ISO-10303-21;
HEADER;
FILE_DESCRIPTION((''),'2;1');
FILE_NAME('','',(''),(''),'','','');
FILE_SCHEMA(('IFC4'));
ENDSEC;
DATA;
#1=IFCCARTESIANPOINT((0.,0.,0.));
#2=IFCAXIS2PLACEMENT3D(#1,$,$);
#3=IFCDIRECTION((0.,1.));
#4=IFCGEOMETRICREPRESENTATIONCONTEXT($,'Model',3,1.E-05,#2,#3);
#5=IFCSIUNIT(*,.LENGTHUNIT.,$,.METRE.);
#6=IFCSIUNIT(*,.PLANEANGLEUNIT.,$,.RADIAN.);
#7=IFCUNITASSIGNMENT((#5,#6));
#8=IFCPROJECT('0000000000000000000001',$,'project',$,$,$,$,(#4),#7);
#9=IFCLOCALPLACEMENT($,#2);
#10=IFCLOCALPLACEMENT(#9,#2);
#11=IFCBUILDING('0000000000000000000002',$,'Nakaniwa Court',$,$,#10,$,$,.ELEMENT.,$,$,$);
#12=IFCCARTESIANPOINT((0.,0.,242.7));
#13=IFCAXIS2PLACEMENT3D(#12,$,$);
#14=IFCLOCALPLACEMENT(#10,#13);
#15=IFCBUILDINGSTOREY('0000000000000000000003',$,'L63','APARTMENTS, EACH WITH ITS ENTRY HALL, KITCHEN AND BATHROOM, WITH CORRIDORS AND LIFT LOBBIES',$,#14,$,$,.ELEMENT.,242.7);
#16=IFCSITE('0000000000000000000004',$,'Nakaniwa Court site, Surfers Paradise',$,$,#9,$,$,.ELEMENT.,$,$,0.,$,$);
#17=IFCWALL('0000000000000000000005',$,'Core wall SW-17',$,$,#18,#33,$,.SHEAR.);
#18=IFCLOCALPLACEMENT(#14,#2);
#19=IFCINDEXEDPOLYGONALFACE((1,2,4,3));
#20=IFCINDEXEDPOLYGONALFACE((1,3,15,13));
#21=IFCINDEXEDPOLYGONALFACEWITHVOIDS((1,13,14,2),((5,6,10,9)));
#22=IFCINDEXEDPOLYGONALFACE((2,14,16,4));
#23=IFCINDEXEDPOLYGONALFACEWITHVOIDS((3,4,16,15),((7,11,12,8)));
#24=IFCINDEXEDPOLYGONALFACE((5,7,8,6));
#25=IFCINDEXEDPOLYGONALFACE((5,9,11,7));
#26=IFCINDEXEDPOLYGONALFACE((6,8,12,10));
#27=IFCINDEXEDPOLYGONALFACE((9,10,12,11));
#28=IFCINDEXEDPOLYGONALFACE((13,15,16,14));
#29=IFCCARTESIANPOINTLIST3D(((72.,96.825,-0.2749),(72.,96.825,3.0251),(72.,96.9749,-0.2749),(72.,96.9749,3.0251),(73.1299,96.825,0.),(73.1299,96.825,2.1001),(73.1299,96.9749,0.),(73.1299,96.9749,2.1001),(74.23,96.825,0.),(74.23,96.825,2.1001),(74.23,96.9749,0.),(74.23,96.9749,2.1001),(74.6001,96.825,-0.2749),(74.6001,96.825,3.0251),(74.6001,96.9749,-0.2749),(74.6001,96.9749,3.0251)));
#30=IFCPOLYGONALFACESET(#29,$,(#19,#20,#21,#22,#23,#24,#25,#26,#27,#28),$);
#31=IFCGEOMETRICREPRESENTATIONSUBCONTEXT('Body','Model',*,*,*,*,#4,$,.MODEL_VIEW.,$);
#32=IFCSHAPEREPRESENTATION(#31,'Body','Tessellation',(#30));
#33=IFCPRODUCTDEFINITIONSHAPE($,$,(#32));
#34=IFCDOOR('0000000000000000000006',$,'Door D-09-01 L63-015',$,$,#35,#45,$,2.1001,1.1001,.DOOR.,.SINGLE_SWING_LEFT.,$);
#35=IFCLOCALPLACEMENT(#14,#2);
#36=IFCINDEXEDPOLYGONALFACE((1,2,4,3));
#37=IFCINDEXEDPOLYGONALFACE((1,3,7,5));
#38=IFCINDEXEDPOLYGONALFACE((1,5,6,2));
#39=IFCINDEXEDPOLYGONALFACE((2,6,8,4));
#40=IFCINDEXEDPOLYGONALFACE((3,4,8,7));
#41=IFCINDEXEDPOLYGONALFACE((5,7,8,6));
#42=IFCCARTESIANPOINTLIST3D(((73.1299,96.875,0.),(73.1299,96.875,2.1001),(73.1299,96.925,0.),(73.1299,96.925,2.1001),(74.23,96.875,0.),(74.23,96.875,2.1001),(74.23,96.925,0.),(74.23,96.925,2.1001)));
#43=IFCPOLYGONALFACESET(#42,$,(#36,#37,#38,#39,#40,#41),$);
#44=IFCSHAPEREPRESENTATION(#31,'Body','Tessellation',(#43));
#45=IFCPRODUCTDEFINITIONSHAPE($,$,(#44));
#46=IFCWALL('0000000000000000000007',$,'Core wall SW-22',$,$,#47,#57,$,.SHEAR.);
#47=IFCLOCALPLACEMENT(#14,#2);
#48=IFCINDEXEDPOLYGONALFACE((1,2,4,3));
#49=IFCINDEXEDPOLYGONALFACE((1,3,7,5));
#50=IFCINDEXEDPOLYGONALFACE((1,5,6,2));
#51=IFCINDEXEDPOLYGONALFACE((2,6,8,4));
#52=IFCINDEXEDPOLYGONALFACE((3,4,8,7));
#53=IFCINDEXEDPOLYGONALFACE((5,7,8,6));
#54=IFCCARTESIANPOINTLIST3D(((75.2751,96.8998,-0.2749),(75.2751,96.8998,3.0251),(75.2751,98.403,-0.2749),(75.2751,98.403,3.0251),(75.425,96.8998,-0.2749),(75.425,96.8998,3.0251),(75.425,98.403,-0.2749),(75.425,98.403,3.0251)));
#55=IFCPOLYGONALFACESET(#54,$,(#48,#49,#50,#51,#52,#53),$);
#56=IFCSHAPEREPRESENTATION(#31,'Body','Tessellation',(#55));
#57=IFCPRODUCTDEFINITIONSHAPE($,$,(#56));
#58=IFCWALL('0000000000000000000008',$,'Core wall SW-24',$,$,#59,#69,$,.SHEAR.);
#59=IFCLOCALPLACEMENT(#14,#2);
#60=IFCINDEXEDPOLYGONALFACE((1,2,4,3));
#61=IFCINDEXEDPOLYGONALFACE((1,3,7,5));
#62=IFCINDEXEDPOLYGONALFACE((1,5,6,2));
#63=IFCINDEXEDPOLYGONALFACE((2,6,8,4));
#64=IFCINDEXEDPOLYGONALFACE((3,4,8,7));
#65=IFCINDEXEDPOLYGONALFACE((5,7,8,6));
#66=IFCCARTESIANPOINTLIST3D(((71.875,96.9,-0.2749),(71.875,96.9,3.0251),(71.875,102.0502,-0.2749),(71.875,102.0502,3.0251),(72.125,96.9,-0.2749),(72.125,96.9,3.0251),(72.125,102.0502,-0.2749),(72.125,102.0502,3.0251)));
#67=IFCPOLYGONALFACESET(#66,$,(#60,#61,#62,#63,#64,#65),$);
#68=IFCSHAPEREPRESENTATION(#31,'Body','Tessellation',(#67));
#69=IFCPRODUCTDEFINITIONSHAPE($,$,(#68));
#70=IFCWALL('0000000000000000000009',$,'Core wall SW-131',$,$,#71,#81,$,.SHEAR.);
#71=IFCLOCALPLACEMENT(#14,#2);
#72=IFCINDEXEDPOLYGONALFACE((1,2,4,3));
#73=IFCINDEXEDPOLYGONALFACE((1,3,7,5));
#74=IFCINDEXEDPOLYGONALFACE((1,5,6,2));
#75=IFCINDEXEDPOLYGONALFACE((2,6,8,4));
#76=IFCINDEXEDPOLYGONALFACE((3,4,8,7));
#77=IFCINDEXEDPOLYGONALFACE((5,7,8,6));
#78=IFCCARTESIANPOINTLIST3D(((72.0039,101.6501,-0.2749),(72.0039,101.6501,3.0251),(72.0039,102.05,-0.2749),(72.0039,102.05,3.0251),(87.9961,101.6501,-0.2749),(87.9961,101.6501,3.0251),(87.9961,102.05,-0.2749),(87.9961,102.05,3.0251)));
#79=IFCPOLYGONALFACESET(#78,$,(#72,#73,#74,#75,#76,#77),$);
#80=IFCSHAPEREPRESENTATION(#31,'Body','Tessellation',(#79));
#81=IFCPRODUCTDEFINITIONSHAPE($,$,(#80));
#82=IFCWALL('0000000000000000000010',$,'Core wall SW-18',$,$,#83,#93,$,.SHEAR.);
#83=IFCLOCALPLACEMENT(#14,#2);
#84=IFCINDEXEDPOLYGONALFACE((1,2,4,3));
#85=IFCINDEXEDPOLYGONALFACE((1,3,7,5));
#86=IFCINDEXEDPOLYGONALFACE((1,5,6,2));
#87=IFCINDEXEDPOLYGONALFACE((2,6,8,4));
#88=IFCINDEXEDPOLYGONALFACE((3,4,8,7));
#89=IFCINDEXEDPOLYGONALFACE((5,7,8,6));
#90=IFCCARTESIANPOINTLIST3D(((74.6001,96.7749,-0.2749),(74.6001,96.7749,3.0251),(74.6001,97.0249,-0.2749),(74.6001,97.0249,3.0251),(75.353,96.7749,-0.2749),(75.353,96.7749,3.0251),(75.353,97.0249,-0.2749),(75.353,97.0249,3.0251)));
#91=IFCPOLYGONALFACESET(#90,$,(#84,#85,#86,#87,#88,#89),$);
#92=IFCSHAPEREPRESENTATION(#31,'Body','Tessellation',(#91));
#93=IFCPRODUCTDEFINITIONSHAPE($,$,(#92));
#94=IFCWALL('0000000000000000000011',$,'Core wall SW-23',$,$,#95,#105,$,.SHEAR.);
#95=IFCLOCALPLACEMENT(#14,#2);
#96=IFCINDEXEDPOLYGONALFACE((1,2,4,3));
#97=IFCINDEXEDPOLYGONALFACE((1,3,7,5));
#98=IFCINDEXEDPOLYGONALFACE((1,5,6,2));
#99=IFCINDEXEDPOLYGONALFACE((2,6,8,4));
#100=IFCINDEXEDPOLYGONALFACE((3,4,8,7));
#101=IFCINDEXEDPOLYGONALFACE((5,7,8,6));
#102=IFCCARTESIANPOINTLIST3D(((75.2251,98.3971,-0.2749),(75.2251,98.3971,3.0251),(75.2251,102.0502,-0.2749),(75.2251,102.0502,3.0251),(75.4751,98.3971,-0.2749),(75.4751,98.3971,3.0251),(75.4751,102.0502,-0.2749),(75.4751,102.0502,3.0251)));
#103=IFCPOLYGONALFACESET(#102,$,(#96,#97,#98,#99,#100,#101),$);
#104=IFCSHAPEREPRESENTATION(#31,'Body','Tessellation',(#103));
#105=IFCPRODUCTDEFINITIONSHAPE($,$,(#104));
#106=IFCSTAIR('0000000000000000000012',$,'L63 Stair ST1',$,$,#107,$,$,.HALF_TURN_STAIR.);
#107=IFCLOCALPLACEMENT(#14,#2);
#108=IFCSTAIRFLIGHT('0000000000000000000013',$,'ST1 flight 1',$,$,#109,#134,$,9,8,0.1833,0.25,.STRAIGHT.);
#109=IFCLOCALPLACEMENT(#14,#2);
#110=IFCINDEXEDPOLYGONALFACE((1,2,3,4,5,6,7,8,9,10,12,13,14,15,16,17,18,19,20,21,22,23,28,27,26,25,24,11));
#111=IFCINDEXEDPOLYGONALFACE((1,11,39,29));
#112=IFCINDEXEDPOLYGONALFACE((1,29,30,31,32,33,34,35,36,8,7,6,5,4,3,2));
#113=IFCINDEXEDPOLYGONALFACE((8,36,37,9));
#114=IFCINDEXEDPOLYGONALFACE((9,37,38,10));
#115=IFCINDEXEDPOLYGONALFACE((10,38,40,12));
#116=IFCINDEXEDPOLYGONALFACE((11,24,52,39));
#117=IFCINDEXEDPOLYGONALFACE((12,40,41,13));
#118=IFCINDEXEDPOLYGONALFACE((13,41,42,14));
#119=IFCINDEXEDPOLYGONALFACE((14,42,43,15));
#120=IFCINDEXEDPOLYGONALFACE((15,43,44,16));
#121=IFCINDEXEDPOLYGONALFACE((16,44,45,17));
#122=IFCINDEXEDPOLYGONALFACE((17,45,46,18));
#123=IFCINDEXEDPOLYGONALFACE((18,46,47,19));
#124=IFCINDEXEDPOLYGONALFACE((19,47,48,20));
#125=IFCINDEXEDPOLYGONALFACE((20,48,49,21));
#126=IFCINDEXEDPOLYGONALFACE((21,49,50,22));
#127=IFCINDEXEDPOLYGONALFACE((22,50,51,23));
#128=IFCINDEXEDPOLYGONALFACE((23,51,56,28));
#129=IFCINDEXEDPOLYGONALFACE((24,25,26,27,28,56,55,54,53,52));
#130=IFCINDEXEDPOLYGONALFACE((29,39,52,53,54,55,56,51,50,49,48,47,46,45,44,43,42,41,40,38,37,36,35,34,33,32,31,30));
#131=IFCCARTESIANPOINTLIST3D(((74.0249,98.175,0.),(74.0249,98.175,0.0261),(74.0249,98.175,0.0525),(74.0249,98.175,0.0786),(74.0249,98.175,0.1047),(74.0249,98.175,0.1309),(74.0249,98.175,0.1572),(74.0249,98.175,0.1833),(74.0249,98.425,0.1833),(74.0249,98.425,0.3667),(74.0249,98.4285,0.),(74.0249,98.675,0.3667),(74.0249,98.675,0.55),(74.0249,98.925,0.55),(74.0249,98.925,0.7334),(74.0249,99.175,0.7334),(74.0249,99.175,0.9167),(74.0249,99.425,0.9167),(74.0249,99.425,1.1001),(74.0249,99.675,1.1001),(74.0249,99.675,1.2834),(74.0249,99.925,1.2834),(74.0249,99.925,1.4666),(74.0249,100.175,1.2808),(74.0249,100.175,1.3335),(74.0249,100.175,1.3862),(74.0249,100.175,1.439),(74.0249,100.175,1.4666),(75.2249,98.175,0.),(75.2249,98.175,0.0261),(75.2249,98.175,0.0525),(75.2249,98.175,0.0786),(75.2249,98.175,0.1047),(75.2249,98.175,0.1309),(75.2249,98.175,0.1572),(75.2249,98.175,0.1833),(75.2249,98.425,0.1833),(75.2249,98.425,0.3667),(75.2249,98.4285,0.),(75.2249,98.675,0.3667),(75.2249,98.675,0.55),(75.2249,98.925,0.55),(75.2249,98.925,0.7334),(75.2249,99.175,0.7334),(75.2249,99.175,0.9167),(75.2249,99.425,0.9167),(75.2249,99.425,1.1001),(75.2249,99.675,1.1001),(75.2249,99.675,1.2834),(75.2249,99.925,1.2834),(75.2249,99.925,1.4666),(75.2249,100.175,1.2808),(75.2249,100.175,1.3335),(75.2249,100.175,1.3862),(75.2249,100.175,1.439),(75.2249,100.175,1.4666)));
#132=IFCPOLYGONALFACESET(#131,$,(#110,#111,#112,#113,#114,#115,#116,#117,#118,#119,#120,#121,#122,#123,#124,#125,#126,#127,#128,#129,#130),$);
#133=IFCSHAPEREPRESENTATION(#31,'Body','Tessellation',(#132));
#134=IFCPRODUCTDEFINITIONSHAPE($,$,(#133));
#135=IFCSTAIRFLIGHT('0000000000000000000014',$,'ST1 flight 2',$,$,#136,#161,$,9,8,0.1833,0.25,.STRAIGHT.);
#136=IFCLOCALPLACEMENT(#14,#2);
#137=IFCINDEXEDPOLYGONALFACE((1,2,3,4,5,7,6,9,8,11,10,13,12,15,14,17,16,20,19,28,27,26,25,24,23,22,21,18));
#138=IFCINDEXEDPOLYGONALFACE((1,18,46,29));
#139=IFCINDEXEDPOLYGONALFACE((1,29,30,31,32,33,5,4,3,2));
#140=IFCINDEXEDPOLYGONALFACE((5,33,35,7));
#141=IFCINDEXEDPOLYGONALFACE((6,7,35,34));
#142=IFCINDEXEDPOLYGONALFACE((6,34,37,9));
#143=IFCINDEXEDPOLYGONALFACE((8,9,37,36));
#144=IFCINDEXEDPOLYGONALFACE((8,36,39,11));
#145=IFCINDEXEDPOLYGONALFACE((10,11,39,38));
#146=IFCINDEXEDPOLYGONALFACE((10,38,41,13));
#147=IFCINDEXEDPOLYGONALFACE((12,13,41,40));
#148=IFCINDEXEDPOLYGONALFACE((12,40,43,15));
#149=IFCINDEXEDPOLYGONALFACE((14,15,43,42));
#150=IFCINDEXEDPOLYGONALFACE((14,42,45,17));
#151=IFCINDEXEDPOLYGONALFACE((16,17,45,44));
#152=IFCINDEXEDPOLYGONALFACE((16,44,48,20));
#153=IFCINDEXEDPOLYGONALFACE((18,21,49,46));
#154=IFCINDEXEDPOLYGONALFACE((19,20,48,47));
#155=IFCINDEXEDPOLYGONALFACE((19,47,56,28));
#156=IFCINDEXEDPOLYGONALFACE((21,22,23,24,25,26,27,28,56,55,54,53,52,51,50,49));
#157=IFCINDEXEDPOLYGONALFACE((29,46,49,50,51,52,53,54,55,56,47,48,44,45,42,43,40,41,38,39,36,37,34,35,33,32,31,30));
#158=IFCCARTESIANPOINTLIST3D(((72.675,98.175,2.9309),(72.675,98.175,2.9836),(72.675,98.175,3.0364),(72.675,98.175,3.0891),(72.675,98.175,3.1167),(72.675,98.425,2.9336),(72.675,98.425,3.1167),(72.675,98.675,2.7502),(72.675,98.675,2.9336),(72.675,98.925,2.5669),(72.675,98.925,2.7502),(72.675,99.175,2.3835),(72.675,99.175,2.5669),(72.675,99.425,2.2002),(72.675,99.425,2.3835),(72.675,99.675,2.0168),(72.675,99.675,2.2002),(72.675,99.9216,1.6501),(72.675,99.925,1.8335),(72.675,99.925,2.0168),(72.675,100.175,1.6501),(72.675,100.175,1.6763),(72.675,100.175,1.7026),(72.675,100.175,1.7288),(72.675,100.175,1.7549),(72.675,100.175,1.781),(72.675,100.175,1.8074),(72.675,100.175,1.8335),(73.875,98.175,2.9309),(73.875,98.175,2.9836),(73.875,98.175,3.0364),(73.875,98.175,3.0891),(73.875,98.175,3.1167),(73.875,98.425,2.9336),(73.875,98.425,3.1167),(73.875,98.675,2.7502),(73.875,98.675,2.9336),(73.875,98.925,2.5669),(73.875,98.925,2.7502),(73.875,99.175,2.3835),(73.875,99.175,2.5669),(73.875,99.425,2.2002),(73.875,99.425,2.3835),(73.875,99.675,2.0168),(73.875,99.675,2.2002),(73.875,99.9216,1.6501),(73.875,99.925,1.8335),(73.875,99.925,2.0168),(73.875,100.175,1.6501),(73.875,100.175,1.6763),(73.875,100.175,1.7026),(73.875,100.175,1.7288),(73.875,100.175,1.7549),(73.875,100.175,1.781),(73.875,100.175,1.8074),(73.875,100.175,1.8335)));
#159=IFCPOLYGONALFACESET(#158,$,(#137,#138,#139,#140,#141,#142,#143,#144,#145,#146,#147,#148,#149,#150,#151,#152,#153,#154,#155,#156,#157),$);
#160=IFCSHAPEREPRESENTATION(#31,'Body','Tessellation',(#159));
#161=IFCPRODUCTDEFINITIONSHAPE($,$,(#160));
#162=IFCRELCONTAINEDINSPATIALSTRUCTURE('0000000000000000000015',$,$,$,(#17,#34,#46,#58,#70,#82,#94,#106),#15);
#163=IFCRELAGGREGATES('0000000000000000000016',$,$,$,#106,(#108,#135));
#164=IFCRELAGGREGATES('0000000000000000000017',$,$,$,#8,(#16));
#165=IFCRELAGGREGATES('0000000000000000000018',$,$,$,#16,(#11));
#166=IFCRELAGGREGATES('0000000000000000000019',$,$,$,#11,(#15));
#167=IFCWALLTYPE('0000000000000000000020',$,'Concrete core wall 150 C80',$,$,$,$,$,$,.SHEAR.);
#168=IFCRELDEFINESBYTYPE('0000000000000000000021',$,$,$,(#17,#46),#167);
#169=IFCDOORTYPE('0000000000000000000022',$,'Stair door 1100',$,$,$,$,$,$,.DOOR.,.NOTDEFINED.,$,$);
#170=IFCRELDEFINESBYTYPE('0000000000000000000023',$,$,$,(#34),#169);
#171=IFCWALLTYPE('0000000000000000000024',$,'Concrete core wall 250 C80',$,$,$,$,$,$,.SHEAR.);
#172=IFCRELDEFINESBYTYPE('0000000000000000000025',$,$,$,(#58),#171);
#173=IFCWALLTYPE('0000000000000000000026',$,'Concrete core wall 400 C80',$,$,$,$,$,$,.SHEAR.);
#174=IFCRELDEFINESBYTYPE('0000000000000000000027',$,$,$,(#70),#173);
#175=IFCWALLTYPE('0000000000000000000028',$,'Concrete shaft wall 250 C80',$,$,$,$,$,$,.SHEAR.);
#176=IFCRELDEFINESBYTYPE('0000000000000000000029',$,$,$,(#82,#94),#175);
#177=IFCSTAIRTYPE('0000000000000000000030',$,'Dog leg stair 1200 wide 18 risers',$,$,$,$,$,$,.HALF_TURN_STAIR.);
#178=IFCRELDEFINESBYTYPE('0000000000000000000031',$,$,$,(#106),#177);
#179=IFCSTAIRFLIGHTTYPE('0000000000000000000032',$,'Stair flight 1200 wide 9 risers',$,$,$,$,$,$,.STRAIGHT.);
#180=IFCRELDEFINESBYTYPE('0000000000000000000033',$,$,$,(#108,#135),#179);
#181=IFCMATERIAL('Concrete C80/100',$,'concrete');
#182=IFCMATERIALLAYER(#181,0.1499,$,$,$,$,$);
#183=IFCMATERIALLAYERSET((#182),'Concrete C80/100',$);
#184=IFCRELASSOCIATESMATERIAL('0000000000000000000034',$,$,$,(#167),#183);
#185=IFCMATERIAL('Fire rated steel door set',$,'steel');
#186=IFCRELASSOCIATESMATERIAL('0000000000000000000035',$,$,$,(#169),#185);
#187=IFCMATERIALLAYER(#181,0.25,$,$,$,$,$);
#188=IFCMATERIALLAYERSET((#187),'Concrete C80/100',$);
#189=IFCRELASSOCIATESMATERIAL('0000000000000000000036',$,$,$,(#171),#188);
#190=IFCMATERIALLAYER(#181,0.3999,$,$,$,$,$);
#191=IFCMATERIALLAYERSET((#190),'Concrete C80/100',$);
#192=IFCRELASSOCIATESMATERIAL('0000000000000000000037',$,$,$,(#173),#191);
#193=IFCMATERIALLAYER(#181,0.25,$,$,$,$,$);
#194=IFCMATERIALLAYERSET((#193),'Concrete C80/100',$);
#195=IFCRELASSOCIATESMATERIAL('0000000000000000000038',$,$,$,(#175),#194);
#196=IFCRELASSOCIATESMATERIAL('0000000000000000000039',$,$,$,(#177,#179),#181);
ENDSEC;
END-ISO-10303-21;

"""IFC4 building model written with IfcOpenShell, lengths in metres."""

from ifc_helpers import new_model, si_unit, direction, frame, frame_2d, origin, place, context, subcontext, project, spatial, polyline, rectangle, outline, extrude, material, layer, layer_set, type_object, element, fill, aggregate, save


model = new_model("IFC4")

# Units and contexts
model_context = context("Model", 3, precision=1e-05, world=origin(), true_north=direction((0.0, 1.0)))
body_context = subcontext(model_context, "Body", "Model", "MODEL_VIEW")
ifc_project = project(units=[si_unit("LENGTHUNIT", "METRE"), si_unit("PLANEANGLEUNIT", "RADIAN")], contexts=[model_context])

# Site, building, storey
site_placement = place(None, origin())
site = spatial("IfcSite", under=ifc_project, at=site_placement, Name="Nakaniwa Court site, Surfers Paradise", CompositionType="ELEMENT", RefElevation=0.0)
building_placement = place(site_placement, origin())
building = spatial("IfcBuilding", under=site, at=building_placement, Name="Nakaniwa Court", CompositionType="ELEMENT")
storey_placement = place(building_placement, frame((0.0, 0.0, 242.7)))
storey = spatial("IfcBuildingStorey", under=building, at=storey_placement, Name="L63", Description="APARTMENTS, EACH WITH ITS ENTRY HALL, KITCHEN AND BATHROOM, WITH CORRIDORS AND LIFT LOBBIES", CompositionType="ELEMENT", Elevation=242.7)

# Shared definitions
ifc_material_1 = material(Name="Concrete C80/100", Category="concrete")

# Shared definitions
ifc_material_2 = material(Name="Fire rated steel door set", Category="steel")

# Wall, opening, door
ifc_layer_1 = layer(ifc_material_1, 0.1499)
ifc_layer_set_1 = layer_set([ifc_layer_1], Name="Concrete C80/100")
wall_type_1 = type_object("IfcWallType", Name="Concrete core wall 150 C80", PredefinedType="SHEAR", material=ifc_layer_set_1)
wall_1_placement = place(storey_placement, frame((74.6001, 96.8999, -0.2749), z_axis=(0.0, 0.0, 1.0), x_axis=(-1.0, 0.0, 0.0)))
wall_1 = element("IfcWall", 1, at=wall_1_placement, inside=storey, type_object=wall_type_1, Name="Core wall SW-17", PredefinedType="SHEAR", context=body_context, shape_type="SweptSolid", body=[
    extrude(rectangle(XDim=2.6001, YDim=0.1499, at=frame_2d((1.3, 0.0))), origin(), (0.0, 0.0, 1.0), 3.3),
])
opening_1_placement = place(wall_1_placement, frame((0.3701, 0.0, 0.2749)))
opening_1 = element("IfcOpeningElement", 2, at=opening_1_placement, cuts=wall_1, PredefinedType="OPENING", context=body_context, shape_type="SweptSolid", body=[
    extrude(rectangle(XDim=1.1001, YDim=2.1001, at=frame_2d((0.55, 1.05))), frame((0.0, 0.085, 0.0), z_axis=(0.0, -1.0, 0.0), x_axis=(1.0, 0.0, 0.0)), (0.0, 0.0, 1.0), 0.1699),
])
door_type_1 = type_object("IfcDoorType", Name="Stair door 1100", OperationType="NOTDEFINED", PredefinedType="DOOR", material=ifc_material_2)
door_1_placement = place(opening_1_placement, origin())
door_1 = element("IfcDoor", 3, at=door_1_placement, inside=storey, type_object=door_type_1, Name="Door D-09-01 L63-015", OperationType="SINGLE_SWING_LEFT", OverallHeight=2.1001, OverallWidth=1.1001, PredefinedType="DOOR", context=body_context, shape_type="SweptSolid", body=[
    extrude(rectangle(XDim=1.1001, YDim=2.1001, at=frame_2d((0.55, 1.05))), frame((0.0, 0.0249, 0.0), z_axis=(0.0, -1.0, 0.0), x_axis=(1.0, 0.0, 0.0)), (0.0, 0.0, 1.0), 0.05),
])
fill(opening_1, door_1)

# Walls
wall_2_placement = place(storey_placement, frame((75.3501, 96.8999, -0.2749), z_axis=(0.0, 0.0, 1.0), x_axis=(0.0, 1.0, 0.0)))
element("IfcWall", 4, at=wall_2_placement, inside=storey, type_object=wall_type_1, Name="Core wall SW-22", PredefinedType="SHEAR", context=body_context, shape_type="SweptSolid", body=[
    extrude(rectangle(XDim=1.5032, YDim=0.1499, at=frame_2d((0.7515, 0.0))), origin(), (0.0, 0.0, 1.0), 3.3),
])
ifc_layer_2 = layer(ifc_material_1, 0.25)
ifc_layer_set_2 = layer_set([ifc_layer_2], Name="Concrete C80/100")
wall_type_2 = type_object("IfcWallType", Name="Concrete core wall 250 C80", PredefinedType="SHEAR", material=ifc_layer_set_2)
wall_3_placement = place(storey_placement, frame((72.0, 96.8999, -0.2749), z_axis=(0.0, 0.0, 1.0), x_axis=(0.0, 1.0, 0.0)))
element("IfcWall", 5, at=wall_3_placement, inside=storey, type_object=wall_type_2, Name="Core wall SW-24", PredefinedType="SHEAR", context=body_context, shape_type="SweptSolid", body=[
    extrude(rectangle(XDim=5.1501, YDim=0.25, at=frame_2d((2.5752, 0.0))), origin(), (0.0, 0.0, 1.0), 3.3),
])
ifc_layer_3 = layer(ifc_material_1, 0.3999)
ifc_layer_set_3 = layer_set([ifc_layer_3], Name="Concrete C80/100")
wall_type_3 = type_object("IfcWallType", Name="Concrete core wall 400 C80", PredefinedType="SHEAR", material=ifc_layer_set_3)
wall_4_placement = place(storey_placement, frame((72.0039, 101.8501, -0.2749), z_axis=(0.0, 0.0, 1.0), x_axis=(1.0, 0.0, 0.0)))
element("IfcWall", 6, at=wall_4_placement, inside=storey, type_object=wall_type_3, Name="Core wall SW-131", PredefinedType="SHEAR", context=body_context, shape_type="SweptSolid", body=[
    extrude(rectangle(XDim=15.9922, YDim=0.3999, at=frame_2d((7.9961, 0.0))), origin(), (0.0, 0.0, 1.0), 3.3),
])
ifc_layer_4 = layer(ifc_material_1, 0.25)
ifc_layer_set_4 = layer_set([ifc_layer_4], Name="Concrete C80/100")
wall_type_4 = type_object("IfcWallType", Name="Concrete shaft wall 250 C80", PredefinedType="SHEAR", material=ifc_layer_set_4)
wall_5_placement = place(storey_placement, frame((74.6001, 96.8999, -0.2749), z_axis=(0.0, 0.0, 1.0), x_axis=(1.0, 0.0, 0.0)))
element("IfcWall", 7, at=wall_5_placement, inside=storey, type_object=wall_type_4, Name="Core wall SW-18", PredefinedType="SHEAR", context=body_context, shape_type="SweptSolid", body=[
    extrude(rectangle(XDim=0.7529, YDim=0.25, at=frame_2d((0.3765, 0.0))), origin(), (0.0, 0.0, 1.0), 3.3),
])
wall_6_placement = place(storey_placement, frame((75.3501, 98.397, -0.2749), z_axis=(0.0, 0.0, 1.0), x_axis=(0.0, 1.0, 0.0)))
element("IfcWall", 8, at=wall_6_placement, inside=storey, type_object=wall_type_4, Name="Core wall SW-23", PredefinedType="SHEAR", context=body_context, shape_type="SweptSolid", body=[
    extrude(rectangle(XDim=3.6531, YDim=0.25, at=frame_2d((1.8267, 0.0))), origin(), (0.0, 0.0, 1.0), 3.3),
])

# Stair, stair flights
stair_type = type_object("IfcStairType", Name="Dog leg stair 1200 wide 18 risers", PredefinedType="HALF_TURN_STAIR", material=ifc_material_1)
stair_placement = place(storey_placement, origin())
stair = element("IfcStair", 9, at=stair_placement, inside=storey, type_object=stair_type, Name="L63 Stair ST1", PredefinedType="HALF_TURN_STAIR")
stair_flight_type = type_object("IfcStairFlightType", Name="Stair flight 1200 wide 9 risers", PredefinedType="STRAIGHT", material=ifc_material_1)
stair_flight_1_placement = place(storey_placement, frame((74.625, 98.175, 0.0), z_axis=(0.0, 0.0, 1.0), x_axis=(0.0, 1.0, 0.0)))
stair_flight_1 = element("IfcStairFlight", 10, at=stair_flight_1_placement, type_object=stair_flight_type, Name="ST1 flight 1", NumberOfRisers=9, NumberOfTreads=8, PredefinedType="STRAIGHT", RiserHeight=0.1833, TreadLength=0.25, context=body_context, shape_type="SweptSolid", body=[
    extrude(outline(polyline([(0.0, 0.0), (0.0, 0.0261), (0.0, 0.0525), (0.0, 0.0786), (0.0, 0.1047), (0.0, 0.1309), (0.0, 0.1572), (0.0, 0.1833), (0.25, 0.1833), (0.25, 0.3667), (0.5, 0.3667), (0.5, 0.55), (0.75, 0.55), (0.75, 0.7334), (1.0, 0.7334), (1.0, 0.9167), (1.25, 0.9167), (1.25, 1.1001), (1.5, 1.1001), (1.5, 1.2834), (1.75, 1.2834), (1.75, 1.4666), (2.0, 1.4666), (2.0, 1.6499), (2.0, 1.5972), (2.0, 1.5444), (2.0, 1.4917), (2.0, 1.439), (2.0, 1.3862), (2.0, 1.3335), (2.0, 1.2808), (0.2534, 0.0), (0.0, 0.0)])), frame((0.0, 0.6001, 0.0), z_axis=(0.0, -1.0, 0.0), x_axis=(1.0, 0.0, 0.0)), (0.0, 0.0, 1.0), 1.2),
])
stair_flight_2_placement = place(storey_placement, frame((73.2749, 100.175, 1.6501), z_axis=(0.0, 0.0, 1.0), x_axis=(0.0, -1.0, 0.0)))
stair_flight_2 = element("IfcStairFlight", 11, at=stair_flight_2_placement, type_object=stair_flight_type, Name="ST1 flight 2", NumberOfRisers=9, NumberOfTreads=8, PredefinedType="STRAIGHT", RiserHeight=0.1833, TreadLength=0.25, context=body_context, shape_type="SweptSolid", body=[
    extrude(outline(polyline([(0.0, 0.0), (0.0, 0.0261), (0.0, 0.0525), (0.0, 0.0786), (0.0, 0.1047), (0.0, 0.1309), (0.0, 0.1572), (0.0, 0.1833), (0.25, 0.1833), (0.25, 0.3667), (0.5, 0.3667), (0.5, 0.55), (0.75, 0.55), (0.75, 0.7334), (1.0, 0.7334), (1.0, 0.9167), (1.25, 0.9167), (1.25, 1.1001), (1.5, 1.1001), (1.5, 1.2834), (1.75, 1.2834), (1.75, 1.4666), (2.0, 1.4666), (2.0, 1.6499), (2.0, 1.5972), (2.0, 1.5444), (2.0, 1.4917), (2.0, 1.439), (2.0, 1.3862), (2.0, 1.3335), (2.0, 1.2808), (0.2534, 0.0), (0.0, 0.0)])), frame((0.0, 0.6001, 0.0), z_axis=(0.0, -1.0, 0.0), x_axis=(1.0, 0.0, 0.0)), (0.0, 0.0, 1.0), 1.2),
])
aggregate(stair, [stair_flight_1, stair_flight_2])

save(model, "model.ifc")
